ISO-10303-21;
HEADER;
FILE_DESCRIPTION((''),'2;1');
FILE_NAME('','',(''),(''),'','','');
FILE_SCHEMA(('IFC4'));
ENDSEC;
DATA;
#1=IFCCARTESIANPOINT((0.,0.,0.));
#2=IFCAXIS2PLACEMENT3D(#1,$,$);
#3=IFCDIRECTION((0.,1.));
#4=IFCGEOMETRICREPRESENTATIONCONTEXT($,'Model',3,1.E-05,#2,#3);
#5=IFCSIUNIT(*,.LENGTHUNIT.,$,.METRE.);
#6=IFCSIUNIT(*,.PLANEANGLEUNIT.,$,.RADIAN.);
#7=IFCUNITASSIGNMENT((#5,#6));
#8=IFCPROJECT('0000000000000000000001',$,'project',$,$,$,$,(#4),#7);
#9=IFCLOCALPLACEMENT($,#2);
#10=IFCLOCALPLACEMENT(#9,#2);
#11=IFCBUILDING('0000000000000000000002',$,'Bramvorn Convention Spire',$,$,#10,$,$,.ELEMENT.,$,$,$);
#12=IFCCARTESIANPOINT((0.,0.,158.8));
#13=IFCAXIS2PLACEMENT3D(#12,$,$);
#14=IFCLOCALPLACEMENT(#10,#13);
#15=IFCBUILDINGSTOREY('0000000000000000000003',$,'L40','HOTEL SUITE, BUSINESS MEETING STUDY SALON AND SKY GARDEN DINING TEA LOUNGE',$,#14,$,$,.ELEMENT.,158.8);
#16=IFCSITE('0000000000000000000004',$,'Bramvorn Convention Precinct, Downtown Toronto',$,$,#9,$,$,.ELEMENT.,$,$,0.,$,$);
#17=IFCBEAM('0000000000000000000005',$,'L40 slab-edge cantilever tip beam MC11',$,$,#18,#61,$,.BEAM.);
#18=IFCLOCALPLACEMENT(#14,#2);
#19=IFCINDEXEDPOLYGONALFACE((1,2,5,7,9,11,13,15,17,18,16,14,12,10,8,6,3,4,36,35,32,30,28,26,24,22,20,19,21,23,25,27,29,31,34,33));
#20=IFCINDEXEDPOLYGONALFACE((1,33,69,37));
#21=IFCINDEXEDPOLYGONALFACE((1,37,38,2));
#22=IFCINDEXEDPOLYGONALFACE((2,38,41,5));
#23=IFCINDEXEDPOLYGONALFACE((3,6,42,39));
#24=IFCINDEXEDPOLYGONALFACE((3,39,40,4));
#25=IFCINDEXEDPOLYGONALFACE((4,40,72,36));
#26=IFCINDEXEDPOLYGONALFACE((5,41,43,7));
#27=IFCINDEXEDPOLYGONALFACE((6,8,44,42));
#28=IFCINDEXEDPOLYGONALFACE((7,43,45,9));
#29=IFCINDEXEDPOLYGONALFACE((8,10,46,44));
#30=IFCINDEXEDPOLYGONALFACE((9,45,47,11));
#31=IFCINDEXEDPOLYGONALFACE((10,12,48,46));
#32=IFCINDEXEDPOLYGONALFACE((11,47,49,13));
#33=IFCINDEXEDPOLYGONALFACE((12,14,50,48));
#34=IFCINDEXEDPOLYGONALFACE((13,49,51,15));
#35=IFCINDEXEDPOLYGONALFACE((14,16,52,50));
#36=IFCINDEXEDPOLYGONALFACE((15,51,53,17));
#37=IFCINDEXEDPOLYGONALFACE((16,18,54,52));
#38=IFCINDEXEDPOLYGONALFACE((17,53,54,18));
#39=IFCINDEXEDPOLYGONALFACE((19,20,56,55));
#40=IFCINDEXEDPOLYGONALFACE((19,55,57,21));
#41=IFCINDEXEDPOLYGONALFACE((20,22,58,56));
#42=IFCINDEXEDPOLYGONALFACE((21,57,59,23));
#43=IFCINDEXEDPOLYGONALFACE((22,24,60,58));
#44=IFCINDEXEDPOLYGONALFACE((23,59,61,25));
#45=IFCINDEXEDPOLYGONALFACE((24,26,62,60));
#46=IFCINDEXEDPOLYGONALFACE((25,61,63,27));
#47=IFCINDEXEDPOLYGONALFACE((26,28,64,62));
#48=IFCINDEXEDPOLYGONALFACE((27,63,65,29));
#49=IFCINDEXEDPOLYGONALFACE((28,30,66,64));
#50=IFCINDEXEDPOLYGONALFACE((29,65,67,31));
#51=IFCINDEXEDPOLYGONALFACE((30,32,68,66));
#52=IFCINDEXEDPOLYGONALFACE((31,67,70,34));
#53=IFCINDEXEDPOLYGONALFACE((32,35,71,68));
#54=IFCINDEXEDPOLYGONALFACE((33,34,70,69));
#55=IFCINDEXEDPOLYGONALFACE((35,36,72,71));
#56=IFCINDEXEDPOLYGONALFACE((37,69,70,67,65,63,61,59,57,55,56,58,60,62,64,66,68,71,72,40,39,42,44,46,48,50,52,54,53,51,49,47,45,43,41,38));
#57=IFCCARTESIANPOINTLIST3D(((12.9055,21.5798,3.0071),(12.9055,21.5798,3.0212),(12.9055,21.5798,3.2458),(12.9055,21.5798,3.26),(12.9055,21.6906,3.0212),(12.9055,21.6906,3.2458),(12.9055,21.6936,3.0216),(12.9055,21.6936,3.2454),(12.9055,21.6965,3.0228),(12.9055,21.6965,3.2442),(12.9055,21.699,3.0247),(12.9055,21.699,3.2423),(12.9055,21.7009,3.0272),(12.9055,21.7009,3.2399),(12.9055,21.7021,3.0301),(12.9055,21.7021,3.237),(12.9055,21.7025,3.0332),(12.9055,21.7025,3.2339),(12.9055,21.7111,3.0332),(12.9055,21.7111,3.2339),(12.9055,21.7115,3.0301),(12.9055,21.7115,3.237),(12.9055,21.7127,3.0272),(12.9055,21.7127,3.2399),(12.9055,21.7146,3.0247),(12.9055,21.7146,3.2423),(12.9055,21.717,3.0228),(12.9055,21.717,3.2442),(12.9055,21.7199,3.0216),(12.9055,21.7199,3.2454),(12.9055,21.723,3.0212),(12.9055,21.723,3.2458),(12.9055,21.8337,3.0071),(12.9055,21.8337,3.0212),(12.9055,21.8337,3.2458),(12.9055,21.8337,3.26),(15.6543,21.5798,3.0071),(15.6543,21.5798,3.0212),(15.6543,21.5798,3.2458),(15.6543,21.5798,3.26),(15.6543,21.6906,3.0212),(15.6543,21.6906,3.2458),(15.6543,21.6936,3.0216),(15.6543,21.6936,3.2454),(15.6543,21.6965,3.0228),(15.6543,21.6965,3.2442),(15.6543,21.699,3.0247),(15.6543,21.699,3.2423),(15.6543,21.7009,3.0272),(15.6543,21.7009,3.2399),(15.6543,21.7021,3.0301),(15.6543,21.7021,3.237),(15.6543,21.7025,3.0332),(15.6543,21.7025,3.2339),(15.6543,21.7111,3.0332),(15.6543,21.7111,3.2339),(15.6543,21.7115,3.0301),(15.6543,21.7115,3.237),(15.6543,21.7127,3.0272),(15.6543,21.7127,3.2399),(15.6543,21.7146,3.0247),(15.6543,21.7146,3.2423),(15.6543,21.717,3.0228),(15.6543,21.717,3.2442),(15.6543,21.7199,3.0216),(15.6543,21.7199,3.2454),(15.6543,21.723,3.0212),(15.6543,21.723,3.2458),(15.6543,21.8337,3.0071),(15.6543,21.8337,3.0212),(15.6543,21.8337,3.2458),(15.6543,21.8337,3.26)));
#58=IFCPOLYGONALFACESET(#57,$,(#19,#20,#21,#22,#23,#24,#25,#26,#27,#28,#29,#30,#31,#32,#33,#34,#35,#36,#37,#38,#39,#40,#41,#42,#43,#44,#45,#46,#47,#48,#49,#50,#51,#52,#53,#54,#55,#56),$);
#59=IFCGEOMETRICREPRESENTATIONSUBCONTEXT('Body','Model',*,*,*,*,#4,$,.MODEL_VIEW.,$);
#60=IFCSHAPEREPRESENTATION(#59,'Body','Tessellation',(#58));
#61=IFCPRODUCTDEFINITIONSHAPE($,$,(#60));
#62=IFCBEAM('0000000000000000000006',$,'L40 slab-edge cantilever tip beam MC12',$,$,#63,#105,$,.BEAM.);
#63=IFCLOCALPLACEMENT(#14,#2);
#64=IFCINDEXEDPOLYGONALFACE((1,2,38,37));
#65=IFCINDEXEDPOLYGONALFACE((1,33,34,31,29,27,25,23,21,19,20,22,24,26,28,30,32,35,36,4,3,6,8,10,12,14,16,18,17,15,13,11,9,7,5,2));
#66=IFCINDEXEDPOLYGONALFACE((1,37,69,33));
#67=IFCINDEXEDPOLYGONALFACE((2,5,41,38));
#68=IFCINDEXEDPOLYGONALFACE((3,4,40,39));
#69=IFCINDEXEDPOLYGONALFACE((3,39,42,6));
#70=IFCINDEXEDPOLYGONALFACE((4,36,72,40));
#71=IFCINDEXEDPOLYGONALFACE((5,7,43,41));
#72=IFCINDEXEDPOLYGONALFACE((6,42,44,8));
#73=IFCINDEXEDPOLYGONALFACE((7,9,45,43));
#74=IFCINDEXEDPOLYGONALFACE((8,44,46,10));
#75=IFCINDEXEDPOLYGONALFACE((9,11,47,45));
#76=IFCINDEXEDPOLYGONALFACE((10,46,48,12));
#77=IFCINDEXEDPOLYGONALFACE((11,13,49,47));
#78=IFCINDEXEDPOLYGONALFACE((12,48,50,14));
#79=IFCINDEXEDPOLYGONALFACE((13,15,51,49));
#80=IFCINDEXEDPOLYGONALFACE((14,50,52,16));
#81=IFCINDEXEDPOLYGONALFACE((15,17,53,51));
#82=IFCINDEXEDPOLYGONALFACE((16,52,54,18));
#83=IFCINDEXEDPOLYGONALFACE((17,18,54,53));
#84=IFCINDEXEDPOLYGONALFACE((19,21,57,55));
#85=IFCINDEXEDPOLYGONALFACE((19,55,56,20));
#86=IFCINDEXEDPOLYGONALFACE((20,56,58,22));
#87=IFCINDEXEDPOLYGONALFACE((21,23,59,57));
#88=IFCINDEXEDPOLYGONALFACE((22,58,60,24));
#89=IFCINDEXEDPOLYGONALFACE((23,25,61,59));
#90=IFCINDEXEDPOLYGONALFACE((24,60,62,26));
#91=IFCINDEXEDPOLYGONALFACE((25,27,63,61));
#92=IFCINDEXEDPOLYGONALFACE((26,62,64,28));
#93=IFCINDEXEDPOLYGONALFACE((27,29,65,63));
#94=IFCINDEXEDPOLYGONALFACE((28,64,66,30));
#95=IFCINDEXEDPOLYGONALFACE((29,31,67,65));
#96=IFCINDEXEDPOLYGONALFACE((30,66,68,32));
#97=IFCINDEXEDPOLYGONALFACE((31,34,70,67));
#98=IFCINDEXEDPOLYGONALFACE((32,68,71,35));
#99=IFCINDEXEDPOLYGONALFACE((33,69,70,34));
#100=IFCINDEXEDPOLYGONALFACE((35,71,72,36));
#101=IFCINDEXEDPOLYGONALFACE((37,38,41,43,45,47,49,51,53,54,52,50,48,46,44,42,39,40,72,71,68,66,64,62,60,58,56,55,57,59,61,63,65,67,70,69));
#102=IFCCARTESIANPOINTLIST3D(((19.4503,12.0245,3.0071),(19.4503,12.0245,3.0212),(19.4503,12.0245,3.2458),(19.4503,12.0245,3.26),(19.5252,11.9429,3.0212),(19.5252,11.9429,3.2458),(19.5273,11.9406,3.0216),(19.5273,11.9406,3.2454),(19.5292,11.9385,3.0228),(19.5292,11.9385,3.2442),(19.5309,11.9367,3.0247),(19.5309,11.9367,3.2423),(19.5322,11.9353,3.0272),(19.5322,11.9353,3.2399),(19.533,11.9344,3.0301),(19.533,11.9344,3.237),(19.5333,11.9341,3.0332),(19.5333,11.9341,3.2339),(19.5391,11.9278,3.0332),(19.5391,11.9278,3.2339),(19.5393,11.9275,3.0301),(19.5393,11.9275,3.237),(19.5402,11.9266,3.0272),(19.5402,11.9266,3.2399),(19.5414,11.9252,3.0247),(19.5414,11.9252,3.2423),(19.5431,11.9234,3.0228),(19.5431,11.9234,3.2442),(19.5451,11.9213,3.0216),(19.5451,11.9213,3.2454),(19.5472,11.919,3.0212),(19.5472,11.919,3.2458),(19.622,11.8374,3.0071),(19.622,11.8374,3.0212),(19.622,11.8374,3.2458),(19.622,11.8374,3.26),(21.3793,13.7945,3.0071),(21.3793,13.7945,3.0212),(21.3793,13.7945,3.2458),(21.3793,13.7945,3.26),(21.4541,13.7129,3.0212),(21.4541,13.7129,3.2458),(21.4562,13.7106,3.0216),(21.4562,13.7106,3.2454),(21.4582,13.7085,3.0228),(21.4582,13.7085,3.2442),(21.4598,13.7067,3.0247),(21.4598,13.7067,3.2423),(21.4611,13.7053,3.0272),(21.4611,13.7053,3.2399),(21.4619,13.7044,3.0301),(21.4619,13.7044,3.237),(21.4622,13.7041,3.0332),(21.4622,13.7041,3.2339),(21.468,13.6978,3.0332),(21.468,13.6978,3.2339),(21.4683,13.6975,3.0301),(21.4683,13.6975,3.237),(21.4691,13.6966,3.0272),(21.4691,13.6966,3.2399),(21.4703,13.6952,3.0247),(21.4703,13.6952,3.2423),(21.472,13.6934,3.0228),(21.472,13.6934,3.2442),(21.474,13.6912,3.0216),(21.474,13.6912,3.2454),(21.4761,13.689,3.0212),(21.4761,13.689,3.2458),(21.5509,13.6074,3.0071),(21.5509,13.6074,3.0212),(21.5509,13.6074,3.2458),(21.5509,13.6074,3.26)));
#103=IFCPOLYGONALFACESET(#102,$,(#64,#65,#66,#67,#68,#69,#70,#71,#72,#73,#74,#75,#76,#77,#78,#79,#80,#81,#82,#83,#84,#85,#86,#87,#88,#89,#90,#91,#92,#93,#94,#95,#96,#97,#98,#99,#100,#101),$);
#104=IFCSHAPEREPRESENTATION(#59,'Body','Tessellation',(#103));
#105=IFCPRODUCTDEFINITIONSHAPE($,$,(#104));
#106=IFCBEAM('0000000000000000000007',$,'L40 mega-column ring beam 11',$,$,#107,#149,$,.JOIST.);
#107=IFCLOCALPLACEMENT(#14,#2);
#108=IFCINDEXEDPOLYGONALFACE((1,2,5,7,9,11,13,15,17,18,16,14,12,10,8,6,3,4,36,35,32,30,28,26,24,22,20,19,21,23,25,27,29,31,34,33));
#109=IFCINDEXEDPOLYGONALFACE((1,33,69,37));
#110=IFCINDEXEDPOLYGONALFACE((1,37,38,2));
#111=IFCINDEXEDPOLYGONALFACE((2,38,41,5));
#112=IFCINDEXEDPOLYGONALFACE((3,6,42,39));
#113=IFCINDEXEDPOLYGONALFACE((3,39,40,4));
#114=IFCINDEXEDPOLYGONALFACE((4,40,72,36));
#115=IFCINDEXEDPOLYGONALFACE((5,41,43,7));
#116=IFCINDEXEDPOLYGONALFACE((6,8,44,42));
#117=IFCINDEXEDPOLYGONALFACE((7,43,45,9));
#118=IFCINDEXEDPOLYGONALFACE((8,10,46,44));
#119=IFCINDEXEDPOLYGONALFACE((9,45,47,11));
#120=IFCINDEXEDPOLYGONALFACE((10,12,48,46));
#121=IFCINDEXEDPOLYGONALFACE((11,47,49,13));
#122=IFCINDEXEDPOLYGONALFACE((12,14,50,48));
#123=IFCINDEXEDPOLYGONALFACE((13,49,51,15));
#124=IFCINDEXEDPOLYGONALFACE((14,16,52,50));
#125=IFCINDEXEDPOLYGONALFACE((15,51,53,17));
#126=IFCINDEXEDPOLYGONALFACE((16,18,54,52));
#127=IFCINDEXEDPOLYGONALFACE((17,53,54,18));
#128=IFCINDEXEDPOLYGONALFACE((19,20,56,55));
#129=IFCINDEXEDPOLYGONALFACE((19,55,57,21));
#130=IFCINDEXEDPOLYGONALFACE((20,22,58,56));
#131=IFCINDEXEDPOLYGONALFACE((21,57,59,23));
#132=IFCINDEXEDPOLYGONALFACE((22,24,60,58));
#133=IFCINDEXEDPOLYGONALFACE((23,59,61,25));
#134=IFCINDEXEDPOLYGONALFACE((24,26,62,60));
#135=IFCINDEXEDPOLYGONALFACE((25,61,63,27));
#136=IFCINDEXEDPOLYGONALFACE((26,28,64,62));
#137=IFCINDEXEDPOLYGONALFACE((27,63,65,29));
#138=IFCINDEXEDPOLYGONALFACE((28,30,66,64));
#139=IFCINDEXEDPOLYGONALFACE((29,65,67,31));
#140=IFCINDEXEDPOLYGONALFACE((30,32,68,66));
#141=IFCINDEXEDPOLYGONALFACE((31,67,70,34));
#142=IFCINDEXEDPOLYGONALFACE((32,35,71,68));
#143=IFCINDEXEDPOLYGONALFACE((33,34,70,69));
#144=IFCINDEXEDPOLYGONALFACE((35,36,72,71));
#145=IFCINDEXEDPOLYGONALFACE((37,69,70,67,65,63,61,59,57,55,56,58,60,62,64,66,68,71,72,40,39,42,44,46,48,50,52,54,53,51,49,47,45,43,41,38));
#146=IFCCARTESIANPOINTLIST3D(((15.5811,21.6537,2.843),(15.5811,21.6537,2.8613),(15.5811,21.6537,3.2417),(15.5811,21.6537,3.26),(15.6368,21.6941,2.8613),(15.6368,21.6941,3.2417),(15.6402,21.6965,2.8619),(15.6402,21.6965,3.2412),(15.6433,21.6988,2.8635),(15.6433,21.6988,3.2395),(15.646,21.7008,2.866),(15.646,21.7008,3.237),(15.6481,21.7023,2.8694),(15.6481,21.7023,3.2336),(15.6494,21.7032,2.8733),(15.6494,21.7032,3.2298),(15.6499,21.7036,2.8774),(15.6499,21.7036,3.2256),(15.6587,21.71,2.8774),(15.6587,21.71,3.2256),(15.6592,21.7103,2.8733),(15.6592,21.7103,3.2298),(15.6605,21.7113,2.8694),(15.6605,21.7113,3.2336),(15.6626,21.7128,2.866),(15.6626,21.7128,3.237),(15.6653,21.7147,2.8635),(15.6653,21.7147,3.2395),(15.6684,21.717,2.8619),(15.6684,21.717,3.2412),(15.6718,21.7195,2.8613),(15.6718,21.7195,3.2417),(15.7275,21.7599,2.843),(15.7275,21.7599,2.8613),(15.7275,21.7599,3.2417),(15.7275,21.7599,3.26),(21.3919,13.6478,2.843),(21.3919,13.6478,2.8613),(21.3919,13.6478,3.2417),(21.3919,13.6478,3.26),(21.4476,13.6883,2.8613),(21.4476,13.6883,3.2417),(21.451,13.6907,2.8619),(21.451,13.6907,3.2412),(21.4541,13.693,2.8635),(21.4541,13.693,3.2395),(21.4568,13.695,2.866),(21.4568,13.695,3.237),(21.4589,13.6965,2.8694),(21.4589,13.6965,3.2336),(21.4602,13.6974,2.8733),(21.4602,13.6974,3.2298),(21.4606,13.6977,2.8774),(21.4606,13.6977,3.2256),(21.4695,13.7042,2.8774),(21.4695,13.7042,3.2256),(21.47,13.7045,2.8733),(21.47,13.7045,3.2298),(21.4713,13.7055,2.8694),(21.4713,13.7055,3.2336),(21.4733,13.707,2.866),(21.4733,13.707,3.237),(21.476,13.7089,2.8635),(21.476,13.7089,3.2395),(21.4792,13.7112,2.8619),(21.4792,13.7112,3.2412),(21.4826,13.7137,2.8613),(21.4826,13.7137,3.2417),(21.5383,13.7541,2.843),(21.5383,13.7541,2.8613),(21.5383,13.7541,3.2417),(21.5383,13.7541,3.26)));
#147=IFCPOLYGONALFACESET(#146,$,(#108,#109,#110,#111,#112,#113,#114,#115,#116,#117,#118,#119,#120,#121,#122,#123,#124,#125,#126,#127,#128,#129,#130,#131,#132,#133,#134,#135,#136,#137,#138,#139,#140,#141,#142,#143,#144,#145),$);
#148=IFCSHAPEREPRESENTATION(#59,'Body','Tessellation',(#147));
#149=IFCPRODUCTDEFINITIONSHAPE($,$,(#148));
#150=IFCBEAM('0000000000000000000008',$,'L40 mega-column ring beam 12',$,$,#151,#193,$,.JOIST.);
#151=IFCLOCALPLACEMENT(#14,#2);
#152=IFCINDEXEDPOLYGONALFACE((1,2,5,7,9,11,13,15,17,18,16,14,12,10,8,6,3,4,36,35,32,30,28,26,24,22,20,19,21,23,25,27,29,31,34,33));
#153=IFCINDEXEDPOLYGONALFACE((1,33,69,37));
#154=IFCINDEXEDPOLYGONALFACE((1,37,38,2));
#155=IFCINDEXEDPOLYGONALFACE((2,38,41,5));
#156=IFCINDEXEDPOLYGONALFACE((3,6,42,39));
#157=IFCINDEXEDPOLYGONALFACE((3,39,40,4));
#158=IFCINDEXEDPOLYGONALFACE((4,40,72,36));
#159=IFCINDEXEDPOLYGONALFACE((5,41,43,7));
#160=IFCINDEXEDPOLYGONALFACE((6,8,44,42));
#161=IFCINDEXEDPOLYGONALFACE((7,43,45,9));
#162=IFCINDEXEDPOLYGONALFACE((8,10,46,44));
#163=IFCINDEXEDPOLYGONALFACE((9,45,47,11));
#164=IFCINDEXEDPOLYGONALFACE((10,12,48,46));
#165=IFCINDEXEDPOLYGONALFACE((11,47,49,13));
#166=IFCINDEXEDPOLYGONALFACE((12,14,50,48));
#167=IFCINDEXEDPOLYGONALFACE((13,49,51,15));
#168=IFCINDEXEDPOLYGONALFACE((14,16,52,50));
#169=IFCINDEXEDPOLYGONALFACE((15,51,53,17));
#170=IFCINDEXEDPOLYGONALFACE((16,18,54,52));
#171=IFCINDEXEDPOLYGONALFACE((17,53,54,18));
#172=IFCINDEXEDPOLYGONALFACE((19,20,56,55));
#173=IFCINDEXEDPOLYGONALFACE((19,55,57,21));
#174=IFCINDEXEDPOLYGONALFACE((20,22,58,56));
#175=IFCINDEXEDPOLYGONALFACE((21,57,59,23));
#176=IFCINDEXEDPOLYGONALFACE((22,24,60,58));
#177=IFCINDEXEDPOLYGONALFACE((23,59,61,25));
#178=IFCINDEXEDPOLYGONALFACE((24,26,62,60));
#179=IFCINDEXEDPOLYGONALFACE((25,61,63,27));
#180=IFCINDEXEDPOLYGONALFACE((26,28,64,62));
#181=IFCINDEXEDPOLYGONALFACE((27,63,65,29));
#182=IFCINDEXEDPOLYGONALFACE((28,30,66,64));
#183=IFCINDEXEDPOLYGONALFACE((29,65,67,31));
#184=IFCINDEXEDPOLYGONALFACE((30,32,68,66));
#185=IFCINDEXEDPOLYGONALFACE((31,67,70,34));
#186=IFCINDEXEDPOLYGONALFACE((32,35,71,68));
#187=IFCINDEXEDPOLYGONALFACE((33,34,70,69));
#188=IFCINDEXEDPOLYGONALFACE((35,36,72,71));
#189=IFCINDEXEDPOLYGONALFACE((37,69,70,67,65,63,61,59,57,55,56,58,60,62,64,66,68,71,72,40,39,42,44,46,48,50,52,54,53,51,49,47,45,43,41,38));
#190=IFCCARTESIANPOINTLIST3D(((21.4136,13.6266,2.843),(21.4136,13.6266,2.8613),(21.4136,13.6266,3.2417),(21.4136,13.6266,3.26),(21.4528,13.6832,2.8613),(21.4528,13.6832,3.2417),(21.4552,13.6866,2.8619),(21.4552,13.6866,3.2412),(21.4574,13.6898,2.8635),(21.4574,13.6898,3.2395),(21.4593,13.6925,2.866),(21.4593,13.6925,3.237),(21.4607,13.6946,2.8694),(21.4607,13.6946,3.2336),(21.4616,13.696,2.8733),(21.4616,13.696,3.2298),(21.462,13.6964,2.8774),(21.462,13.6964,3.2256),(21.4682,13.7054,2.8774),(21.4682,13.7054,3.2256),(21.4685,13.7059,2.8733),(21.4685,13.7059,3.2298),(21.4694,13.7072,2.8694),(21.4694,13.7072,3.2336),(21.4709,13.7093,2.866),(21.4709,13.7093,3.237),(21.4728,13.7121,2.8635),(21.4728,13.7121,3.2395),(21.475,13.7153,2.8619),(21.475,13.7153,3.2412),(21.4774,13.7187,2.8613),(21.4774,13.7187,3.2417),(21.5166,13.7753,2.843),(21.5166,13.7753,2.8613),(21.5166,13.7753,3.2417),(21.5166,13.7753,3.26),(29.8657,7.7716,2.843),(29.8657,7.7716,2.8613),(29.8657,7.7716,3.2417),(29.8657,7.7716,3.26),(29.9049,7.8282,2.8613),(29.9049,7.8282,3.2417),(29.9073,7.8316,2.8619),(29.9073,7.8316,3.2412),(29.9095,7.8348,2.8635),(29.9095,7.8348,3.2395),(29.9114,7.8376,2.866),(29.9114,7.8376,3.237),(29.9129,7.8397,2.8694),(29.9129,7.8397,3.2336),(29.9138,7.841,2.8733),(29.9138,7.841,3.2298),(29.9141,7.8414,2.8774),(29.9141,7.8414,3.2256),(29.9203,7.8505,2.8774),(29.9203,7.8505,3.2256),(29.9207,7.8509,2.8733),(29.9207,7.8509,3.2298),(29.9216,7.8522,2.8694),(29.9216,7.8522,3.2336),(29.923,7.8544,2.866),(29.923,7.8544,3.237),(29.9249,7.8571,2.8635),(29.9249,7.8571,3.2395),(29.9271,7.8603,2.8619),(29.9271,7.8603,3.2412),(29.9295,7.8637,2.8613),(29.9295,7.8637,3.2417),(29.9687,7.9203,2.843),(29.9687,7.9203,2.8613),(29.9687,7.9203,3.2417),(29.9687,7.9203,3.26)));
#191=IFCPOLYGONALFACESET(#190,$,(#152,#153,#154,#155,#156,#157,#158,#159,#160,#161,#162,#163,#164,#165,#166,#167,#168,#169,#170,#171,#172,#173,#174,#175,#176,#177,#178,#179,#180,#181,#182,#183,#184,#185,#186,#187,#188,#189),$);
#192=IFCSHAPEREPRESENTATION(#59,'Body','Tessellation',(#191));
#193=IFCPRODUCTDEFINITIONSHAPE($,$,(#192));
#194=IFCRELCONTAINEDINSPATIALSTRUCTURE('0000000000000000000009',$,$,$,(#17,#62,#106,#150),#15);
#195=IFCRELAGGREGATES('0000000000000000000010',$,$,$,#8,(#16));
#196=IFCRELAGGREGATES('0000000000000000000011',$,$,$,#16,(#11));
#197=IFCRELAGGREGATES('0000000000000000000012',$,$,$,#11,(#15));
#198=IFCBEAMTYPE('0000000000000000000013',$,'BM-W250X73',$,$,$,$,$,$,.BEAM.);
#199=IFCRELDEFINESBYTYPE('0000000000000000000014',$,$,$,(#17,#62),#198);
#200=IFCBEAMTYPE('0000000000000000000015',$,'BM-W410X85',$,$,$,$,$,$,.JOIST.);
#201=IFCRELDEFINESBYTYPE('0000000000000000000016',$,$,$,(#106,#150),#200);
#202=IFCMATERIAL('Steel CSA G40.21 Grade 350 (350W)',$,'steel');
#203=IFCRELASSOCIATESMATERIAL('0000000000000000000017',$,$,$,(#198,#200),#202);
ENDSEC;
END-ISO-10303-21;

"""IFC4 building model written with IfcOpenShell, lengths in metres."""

from ifc_helpers import new_model, si_unit, direction, frame, origin, origin_2d, place, context, subcontext, project, spatial, i_section, extrude, material, material_profile, profile_set, type_object, element, save


model = new_model("IFC4")

# Units and contexts
model_context = context("Model", 3, precision=1e-05, world=origin(), true_north=direction((0.0, 1.0)))
body_context = subcontext(model_context, "Body", "Model", "MODEL_VIEW")
ifc_project = project(units=[si_unit("LENGTHUNIT", "METRE"), si_unit("PLANEANGLEUNIT", "RADIAN")], contexts=[model_context])

# Site, building, storey
site_placement = place(None, origin())
site = spatial("IfcSite", under=ifc_project, at=site_placement, Name="Bramvorn Convention Precinct, Downtown Toronto", CompositionType="ELEMENT", RefElevation=0.0)
building_placement = place(site_placement, origin())
building = spatial("IfcBuilding", under=site, at=building_placement, Name="Bramvorn Convention Spire", CompositionType="ELEMENT")
storey_placement = place(building_placement, frame((0.0, 0.0, 158.8)))
storey = spatial("IfcBuildingStorey", under=building, at=storey_placement, Name="L40", Description="HOTEL SUITE, BUSINESS MEETING STUDY SALON AND SKY GARDEN DINING TEA LOUNGE", CompositionType="ELEMENT", Elevation=158.8)

# Shared definitions
ifc_material_1 = material(Name="Steel CSA G40.21 Grade 350 (350W)", Category="steel")

# Beams
ifc_material_profile_1 = material_profile(ifc_material_1, i_section(OverallWidth=0.2539, OverallDepth=0.2529, WebThickness=0.0085, FlangeThickness=0.0142, FilletRadius=0.012, at=origin_2d()))
ifc_profile_set_1 = profile_set([ifc_material_profile_1], Name="Steel CSA G40.21 Grade 350 (350W) - W250X73")
beam_type_1 = type_object("IfcBeamType", Name="BM-W250X73", PredefinedType="BEAM", material=ifc_profile_set_1)
beam_1_placement = place(storey_placement, frame((15.6543, 21.7068, 3.1335), z_axis=(-1.0, 0.0, 0.0), x_axis=(0.0, -1.0, 0.0)))
element("IfcBeam", 1, at=beam_1_placement, inside=storey, type_object=beam_type_1, Name="L40 slab-edge cantilever tip beam MC11", PredefinedType="BEAM", context=body_context, shape_type="SweptSolid", body=[
    extrude(i_section(OverallWidth=0.2539, OverallDepth=0.2529, WebThickness=0.0085, FlangeThickness=0.0142, FilletRadius=0.012, at=origin_2d()), origin(), (0.0, 0.0, 1.0), 2.7488),
])
beam_2_placement = place(storey_placement, frame((21.4651, 13.7009, 3.1335), z_axis=(-0.73681, -0.6761, 0.0), x_axis=(0.6761, -0.73681, 0.0)))
element("IfcBeam", 2, at=beam_2_placement, inside=storey, type_object=beam_type_1, Name="L40 slab-edge cantilever tip beam MC12", PredefinedType="BEAM", context=body_context, shape_type="SweptSolid", body=[
    extrude(i_section(OverallWidth=0.2539, OverallDepth=0.2529, WebThickness=0.0085, FlangeThickness=0.0142, FilletRadius=0.012, at=origin_2d()), origin(), (0.0, 0.0, 1.0), 2.6179),
])
ifc_material_profile_2 = material_profile(ifc_material_1, i_section(OverallWidth=0.1809, OverallDepth=0.417, WebThickness=0.011, FlangeThickness=0.0183, FilletRadius=0.0161, at=origin_2d()))
ifc_profile_set_2 = profile_set([ifc_material_profile_2], Name="Steel CSA G40.21 Grade 350 (350W) - W410X85")
beam_type_2 = type_object("IfcBeamType", Name="BM-W410X85", PredefinedType="JOIST", material=ifc_profile_set_2)
beam_3_placement = place(storey_placement, frame((15.6543, 21.7068, 3.0515), z_axis=(0.587401, -0.809296, 0.0), x_axis=(0.809296, 0.587401, 0.0)))
element("IfcBeam", 3, at=beam_3_placement, inside=storey, type_object=beam_type_2, Name="L40 mega-column ring beam 11", PredefinedType="JOIST", context=body_context, shape_type="SweptSolid", body=[
    extrude(i_section(OverallWidth=0.1809, OverallDepth=0.417, WebThickness=0.011, FlangeThickness=0.0183, FilletRadius=0.0161, at=origin_2d()), origin(), (0.0, 0.0, 1.0), 9.8923),
])
beam_4_placement = place(storey_placement, frame((21.4651, 13.7009, 3.0515), z_axis=(0.822033, -0.56944, 0.0), x_axis=(0.56944, 0.822033, 0.0)))
element("IfcBeam", 4, at=beam_4_placement, inside=storey, type_object=beam_type_2, Name="L40 mega-column ring beam 12", PredefinedType="JOIST", context=body_context, shape_type="SweptSolid", body=[
    extrude(i_section(OverallWidth=0.1809, OverallDepth=0.417, WebThickness=0.011, FlangeThickness=0.0183, FilletRadius=0.0161, at=origin_2d()), origin(), (0.0, 0.0, 1.0), 10.282),
])

save(model, "model.ifc")
